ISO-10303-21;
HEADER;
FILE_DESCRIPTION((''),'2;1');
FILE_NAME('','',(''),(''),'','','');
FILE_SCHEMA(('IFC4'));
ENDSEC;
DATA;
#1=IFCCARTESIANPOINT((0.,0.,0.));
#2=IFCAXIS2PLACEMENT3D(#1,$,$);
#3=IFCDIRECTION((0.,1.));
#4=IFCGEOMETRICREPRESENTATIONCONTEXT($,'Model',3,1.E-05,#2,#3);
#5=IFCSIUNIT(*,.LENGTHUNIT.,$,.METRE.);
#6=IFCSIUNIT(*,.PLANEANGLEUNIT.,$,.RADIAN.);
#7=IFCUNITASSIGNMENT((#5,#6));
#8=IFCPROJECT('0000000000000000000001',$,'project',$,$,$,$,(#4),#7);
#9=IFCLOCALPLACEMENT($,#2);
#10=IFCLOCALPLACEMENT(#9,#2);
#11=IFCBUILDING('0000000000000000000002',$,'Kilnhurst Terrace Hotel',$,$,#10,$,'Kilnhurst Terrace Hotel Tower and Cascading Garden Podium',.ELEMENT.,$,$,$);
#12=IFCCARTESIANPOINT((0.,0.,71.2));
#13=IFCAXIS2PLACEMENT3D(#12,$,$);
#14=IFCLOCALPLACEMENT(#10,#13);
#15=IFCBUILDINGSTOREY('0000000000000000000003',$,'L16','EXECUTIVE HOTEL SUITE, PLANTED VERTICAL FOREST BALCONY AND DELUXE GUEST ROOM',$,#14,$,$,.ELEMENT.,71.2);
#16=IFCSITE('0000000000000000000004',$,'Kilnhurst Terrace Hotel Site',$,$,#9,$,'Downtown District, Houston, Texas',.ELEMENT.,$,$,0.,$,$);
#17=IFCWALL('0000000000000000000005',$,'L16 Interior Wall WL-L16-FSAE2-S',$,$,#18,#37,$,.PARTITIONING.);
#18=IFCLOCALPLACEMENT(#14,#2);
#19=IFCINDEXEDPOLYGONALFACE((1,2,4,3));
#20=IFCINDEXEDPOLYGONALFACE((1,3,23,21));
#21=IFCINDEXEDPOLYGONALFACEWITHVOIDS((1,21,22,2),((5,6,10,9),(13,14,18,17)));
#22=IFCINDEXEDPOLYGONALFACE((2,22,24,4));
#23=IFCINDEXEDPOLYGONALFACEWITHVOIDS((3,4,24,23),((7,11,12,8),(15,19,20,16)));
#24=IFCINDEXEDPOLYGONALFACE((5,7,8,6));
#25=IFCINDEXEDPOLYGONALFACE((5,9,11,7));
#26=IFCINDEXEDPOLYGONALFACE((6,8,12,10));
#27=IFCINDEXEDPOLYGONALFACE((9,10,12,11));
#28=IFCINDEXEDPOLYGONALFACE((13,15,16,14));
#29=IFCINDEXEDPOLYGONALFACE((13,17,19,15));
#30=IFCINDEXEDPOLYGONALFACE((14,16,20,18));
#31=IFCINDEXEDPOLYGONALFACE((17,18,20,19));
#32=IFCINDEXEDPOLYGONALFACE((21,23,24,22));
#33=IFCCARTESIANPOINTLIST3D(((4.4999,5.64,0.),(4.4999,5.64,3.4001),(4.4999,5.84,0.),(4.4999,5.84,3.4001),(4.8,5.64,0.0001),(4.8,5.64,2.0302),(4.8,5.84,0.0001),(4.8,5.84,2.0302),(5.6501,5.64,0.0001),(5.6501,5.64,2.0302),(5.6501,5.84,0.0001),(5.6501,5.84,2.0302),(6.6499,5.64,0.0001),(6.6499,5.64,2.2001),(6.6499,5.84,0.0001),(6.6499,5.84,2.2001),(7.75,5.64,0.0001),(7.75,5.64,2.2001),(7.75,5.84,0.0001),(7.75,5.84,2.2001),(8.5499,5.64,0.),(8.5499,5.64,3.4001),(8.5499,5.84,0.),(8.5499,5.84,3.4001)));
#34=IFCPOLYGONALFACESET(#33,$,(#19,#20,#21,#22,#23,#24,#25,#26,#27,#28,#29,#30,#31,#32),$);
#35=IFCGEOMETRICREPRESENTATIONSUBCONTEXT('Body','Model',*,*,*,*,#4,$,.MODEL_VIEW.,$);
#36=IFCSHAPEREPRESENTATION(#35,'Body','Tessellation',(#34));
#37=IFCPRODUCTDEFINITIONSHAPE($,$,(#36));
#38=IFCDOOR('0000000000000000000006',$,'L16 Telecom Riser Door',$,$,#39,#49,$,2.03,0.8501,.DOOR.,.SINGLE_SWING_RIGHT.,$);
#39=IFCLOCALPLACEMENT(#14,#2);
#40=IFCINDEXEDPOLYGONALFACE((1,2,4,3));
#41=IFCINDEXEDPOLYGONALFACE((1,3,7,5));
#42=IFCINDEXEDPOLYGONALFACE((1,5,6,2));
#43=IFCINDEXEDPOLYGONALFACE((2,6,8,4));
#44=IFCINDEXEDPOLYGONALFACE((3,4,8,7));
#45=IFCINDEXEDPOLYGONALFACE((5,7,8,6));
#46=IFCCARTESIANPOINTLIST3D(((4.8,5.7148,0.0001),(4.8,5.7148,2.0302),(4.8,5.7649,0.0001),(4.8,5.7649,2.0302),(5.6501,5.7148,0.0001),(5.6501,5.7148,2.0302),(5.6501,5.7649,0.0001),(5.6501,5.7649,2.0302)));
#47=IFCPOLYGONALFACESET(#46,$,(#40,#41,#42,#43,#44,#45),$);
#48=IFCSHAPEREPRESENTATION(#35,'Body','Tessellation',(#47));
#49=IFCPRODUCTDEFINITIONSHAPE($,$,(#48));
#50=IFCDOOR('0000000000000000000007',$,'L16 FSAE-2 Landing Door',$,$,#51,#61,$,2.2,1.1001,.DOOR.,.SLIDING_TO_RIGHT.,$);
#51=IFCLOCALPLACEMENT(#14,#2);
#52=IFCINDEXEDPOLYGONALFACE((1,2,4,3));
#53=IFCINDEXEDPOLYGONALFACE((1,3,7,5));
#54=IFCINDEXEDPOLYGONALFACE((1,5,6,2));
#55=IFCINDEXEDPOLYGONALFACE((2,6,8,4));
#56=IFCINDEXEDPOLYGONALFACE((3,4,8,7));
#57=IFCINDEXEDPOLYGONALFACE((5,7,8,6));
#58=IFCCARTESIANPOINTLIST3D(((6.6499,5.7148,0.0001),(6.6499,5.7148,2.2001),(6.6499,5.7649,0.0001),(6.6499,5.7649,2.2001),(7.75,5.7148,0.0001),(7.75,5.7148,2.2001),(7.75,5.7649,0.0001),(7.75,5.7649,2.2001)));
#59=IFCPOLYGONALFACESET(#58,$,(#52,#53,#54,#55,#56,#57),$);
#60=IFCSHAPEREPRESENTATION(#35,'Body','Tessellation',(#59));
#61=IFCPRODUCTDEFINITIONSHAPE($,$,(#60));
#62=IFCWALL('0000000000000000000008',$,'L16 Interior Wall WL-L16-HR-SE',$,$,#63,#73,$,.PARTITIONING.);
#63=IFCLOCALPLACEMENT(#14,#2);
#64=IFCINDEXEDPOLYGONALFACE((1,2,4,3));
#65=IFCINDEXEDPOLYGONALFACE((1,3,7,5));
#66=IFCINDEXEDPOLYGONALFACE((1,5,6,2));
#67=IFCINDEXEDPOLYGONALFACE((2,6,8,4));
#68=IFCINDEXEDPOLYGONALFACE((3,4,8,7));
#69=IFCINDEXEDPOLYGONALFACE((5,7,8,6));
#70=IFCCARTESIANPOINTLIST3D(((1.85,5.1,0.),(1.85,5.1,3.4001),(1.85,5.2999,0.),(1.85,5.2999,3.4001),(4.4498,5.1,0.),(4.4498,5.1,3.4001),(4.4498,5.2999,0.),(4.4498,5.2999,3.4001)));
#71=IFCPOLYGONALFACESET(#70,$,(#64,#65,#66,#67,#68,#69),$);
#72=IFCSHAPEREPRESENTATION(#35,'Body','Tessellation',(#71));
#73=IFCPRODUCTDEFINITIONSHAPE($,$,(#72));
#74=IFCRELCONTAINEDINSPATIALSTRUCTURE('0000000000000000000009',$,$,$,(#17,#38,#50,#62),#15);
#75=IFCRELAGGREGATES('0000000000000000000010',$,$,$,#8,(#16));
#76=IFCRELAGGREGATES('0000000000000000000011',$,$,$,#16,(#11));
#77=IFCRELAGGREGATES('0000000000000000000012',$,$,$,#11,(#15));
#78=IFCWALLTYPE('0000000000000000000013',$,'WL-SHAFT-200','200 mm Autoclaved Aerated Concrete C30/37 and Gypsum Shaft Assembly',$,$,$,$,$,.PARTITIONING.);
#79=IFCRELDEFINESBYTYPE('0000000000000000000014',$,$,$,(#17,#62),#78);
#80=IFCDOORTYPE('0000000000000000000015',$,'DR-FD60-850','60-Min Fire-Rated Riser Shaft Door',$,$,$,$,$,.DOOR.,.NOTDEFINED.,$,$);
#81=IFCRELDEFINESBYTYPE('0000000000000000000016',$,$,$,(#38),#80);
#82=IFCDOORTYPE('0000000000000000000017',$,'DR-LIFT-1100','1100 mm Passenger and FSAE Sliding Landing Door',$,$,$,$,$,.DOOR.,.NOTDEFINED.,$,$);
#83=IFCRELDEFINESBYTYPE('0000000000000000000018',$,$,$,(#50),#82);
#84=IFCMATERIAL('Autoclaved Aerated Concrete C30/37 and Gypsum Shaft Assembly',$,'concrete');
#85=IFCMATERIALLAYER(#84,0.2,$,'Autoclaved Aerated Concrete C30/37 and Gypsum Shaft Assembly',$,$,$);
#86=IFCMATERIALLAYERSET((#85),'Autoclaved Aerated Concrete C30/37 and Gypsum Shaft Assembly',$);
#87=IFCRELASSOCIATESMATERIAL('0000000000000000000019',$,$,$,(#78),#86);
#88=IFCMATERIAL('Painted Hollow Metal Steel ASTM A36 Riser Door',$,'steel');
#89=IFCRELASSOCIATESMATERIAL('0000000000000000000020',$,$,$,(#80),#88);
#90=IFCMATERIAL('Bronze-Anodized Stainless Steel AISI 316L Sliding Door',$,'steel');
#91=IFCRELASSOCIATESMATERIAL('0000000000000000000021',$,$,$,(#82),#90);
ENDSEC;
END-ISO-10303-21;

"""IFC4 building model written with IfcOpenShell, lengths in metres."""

from ifc_helpers import new_model, si_unit, direction, frame, frame_2d, origin, place, context, subcontext, project, spatial, rectangle, extrude, material, layer, layer_set, type_object, element, fill, save


model = new_model("IFC4")

# Units and contexts
model_context = context("Model", 3, precision=1e-05, world=origin(), true_north=direction((0.0, 1.0)))
body_context = subcontext(model_context, "Body", "Model", "MODEL_VIEW")
ifc_project = project(units=[si_unit("LENGTHUNIT", "METRE"), si_unit("PLANEANGLEUNIT", "RADIAN")], contexts=[model_context])

# Site, building, storey
site_placement = place(None, origin())
site = spatial("IfcSite", under=ifc_project, at=site_placement, Name="Kilnhurst Terrace Hotel Site", LongName="Downtown District, Houston, Texas", CompositionType="ELEMENT", RefElevation=0.0)
building_placement = place(site_placement, origin())
building = spatial("IfcBuilding", under=site, at=building_placement, Name="Kilnhurst Terrace Hotel", LongName="Kilnhurst Terrace Hotel Tower and Cascading Garden Podium", CompositionType="ELEMENT")
storey_placement = place(building_placement, frame((0.0, 0.0, 71.2)))
storey = spatial("IfcBuildingStorey", under=building, at=storey_placement, Name="L16", Description="EXECUTIVE HOTEL SUITE, PLANTED VERTICAL FOREST BALCONY AND DELUXE GUEST ROOM", CompositionType="ELEMENT", Elevation=71.2)

# Wall, openings, doors
ifc_material_1 = material(Name="Autoclaved Aerated Concrete C30/37 and Gypsum Shaft Assembly", Category="concrete")
ifc_layer_1 = layer(ifc_material_1, 0.2, Name="Autoclaved Aerated Concrete C30/37 and Gypsum Shaft Assembly")
ifc_layer_set_1 = layer_set([ifc_layer_1], Name="Autoclaved Aerated Concrete C30/37 and Gypsum Shaft Assembly")
wall_type_1 = type_object("IfcWallType", Name="WL-SHAFT-200", Description="200 mm Autoclaved Aerated Concrete C30/37 and Gypsum Shaft Assembly", PredefinedType="PARTITIONING", material=ifc_layer_set_1)
wall_1_placement = place(storey_placement, frame((4.5, 5.74, 0.0), z_axis=(0.0, 0.0, 1.0), x_axis=(1.0, 0.0, 0.0)))
wall_1 = element("IfcWall", 1, at=wall_1_placement, inside=storey, type_object=wall_type_1, Name="L16 Interior Wall WL-L16-FSAE2-S", PredefinedType="PARTITIONING", context=body_context, shape_type="SweptSolid", body=[
    extrude(rectangle(XDim=4.05, YDim=0.2, at=frame_2d((2.0249, 0.0))), origin(), (0.0, 0.0, 1.0), 3.4001),
])
opening_1_placement = place(wall_1_placement, frame((0.3, 0.0, 0.0)))
opening_1 = element("IfcOpeningElement", 2, at=opening_1_placement, cuts=wall_1, PredefinedType="OPENING", context=body_context, shape_type="SweptSolid", body=[
    extrude(rectangle(XDim=0.8501, YDim=2.03, at=frame_2d((0.425, 1.0151))), frame((0.0, 0.1099, 0.0), z_axis=(0.0, -1.0, 0.0), x_axis=(1.0, 0.0, 0.0)), (0.0, 0.0, 1.0), 0.22),
])
opening_2_placement = place(wall_1_placement, frame((2.1499, 0.0, 0.0)))
opening_2 = element("IfcOpeningElement", 3, at=opening_2_placement, cuts=wall_1, PredefinedType="OPENING", context=body_context, shape_type="SweptSolid", body=[
    extrude(rectangle(XDim=1.1001, YDim=2.2, at=frame_2d((0.55, 1.1001))), frame((0.0, 0.1099, 0.0), z_axis=(0.0, -1.0, 0.0), x_axis=(1.0, 0.0, 0.0)), (0.0, 0.0, 1.0), 0.22),
])
ifc_material_2 = material(Name="Painted Hollow Metal Steel ASTM A36 Riser Door", Category="steel")
door_type_1 = type_object("IfcDoorType", Name="DR-FD60-850", Description="60-Min Fire-Rated Riser Shaft Door", OperationType="NOTDEFINED", PredefinedType="DOOR", material=ifc_material_2)
door_1_placement = place(opening_1_placement, origin())
door_1 = element("IfcDoor", 4, at=door_1_placement, inside=storey, type_object=door_type_1, Name="L16 Telecom Riser Door", OperationType="SINGLE_SWING_RIGHT", OverallHeight=2.03, OverallWidth=0.8501, PredefinedType="DOOR", context=body_context, shape_type="SweptSolid", body=[
    extrude(rectangle(XDim=0.8501, YDim=2.03, at=frame_2d((0.425, 1.0151))), frame((0.0, 0.0249, 0.0), z_axis=(0.0, -1.0, 0.0), x_axis=(1.0, 0.0, 0.0)), (0.0, 0.0, 1.0), 0.05),
])
fill(opening_1, door_1)
ifc_material_3 = material(Name="Bronze-Anodized Stainless Steel AISI 316L Sliding Door", Category="steel")
door_type_2 = type_object("IfcDoorType", Name="DR-LIFT-1100", Description="1100 mm Passenger and FSAE Sliding Landing Door", OperationType="NOTDEFINED", PredefinedType="DOOR", material=ifc_material_3)
door_2_placement = place(opening_2_placement, origin())
door_2 = element("IfcDoor", 5, at=door_2_placement, inside=storey, type_object=door_type_2, Name="L16 FSAE-2 Landing Door", OperationType="SLIDING_TO_RIGHT", OverallHeight=2.2, OverallWidth=1.1001, PredefinedType="DOOR", context=body_context, shape_type="SweptSolid", body=[
    extrude(rectangle(XDim=1.1001, YDim=2.2, at=frame_2d((0.55, 1.1001))), frame((0.0, 0.0249, 0.0), z_axis=(0.0, -1.0, 0.0), x_axis=(1.0, 0.0, 0.0)), (0.0, 0.0, 1.0), 0.05),
])
fill(opening_2, door_2)

# Wall
wall_2_placement = place(storey_placement, frame((1.8501, 5.2, 0.0), z_axis=(0.0, 0.0, 1.0), x_axis=(1.0, 0.0, 0.0)))
element("IfcWall", 6, at=wall_2_placement, inside=storey, type_object=wall_type_1, Name="L16 Interior Wall WL-L16-HR-SE", PredefinedType="PARTITIONING", context=body_context, shape_type="SweptSolid", body=[
    extrude(rectangle(XDim=2.5999, YDim=0.2, at=frame_2d((1.2998, 0.0))), origin(), (0.0, 0.0, 1.0), 3.4001),
])

save(model, "model.ifc")
